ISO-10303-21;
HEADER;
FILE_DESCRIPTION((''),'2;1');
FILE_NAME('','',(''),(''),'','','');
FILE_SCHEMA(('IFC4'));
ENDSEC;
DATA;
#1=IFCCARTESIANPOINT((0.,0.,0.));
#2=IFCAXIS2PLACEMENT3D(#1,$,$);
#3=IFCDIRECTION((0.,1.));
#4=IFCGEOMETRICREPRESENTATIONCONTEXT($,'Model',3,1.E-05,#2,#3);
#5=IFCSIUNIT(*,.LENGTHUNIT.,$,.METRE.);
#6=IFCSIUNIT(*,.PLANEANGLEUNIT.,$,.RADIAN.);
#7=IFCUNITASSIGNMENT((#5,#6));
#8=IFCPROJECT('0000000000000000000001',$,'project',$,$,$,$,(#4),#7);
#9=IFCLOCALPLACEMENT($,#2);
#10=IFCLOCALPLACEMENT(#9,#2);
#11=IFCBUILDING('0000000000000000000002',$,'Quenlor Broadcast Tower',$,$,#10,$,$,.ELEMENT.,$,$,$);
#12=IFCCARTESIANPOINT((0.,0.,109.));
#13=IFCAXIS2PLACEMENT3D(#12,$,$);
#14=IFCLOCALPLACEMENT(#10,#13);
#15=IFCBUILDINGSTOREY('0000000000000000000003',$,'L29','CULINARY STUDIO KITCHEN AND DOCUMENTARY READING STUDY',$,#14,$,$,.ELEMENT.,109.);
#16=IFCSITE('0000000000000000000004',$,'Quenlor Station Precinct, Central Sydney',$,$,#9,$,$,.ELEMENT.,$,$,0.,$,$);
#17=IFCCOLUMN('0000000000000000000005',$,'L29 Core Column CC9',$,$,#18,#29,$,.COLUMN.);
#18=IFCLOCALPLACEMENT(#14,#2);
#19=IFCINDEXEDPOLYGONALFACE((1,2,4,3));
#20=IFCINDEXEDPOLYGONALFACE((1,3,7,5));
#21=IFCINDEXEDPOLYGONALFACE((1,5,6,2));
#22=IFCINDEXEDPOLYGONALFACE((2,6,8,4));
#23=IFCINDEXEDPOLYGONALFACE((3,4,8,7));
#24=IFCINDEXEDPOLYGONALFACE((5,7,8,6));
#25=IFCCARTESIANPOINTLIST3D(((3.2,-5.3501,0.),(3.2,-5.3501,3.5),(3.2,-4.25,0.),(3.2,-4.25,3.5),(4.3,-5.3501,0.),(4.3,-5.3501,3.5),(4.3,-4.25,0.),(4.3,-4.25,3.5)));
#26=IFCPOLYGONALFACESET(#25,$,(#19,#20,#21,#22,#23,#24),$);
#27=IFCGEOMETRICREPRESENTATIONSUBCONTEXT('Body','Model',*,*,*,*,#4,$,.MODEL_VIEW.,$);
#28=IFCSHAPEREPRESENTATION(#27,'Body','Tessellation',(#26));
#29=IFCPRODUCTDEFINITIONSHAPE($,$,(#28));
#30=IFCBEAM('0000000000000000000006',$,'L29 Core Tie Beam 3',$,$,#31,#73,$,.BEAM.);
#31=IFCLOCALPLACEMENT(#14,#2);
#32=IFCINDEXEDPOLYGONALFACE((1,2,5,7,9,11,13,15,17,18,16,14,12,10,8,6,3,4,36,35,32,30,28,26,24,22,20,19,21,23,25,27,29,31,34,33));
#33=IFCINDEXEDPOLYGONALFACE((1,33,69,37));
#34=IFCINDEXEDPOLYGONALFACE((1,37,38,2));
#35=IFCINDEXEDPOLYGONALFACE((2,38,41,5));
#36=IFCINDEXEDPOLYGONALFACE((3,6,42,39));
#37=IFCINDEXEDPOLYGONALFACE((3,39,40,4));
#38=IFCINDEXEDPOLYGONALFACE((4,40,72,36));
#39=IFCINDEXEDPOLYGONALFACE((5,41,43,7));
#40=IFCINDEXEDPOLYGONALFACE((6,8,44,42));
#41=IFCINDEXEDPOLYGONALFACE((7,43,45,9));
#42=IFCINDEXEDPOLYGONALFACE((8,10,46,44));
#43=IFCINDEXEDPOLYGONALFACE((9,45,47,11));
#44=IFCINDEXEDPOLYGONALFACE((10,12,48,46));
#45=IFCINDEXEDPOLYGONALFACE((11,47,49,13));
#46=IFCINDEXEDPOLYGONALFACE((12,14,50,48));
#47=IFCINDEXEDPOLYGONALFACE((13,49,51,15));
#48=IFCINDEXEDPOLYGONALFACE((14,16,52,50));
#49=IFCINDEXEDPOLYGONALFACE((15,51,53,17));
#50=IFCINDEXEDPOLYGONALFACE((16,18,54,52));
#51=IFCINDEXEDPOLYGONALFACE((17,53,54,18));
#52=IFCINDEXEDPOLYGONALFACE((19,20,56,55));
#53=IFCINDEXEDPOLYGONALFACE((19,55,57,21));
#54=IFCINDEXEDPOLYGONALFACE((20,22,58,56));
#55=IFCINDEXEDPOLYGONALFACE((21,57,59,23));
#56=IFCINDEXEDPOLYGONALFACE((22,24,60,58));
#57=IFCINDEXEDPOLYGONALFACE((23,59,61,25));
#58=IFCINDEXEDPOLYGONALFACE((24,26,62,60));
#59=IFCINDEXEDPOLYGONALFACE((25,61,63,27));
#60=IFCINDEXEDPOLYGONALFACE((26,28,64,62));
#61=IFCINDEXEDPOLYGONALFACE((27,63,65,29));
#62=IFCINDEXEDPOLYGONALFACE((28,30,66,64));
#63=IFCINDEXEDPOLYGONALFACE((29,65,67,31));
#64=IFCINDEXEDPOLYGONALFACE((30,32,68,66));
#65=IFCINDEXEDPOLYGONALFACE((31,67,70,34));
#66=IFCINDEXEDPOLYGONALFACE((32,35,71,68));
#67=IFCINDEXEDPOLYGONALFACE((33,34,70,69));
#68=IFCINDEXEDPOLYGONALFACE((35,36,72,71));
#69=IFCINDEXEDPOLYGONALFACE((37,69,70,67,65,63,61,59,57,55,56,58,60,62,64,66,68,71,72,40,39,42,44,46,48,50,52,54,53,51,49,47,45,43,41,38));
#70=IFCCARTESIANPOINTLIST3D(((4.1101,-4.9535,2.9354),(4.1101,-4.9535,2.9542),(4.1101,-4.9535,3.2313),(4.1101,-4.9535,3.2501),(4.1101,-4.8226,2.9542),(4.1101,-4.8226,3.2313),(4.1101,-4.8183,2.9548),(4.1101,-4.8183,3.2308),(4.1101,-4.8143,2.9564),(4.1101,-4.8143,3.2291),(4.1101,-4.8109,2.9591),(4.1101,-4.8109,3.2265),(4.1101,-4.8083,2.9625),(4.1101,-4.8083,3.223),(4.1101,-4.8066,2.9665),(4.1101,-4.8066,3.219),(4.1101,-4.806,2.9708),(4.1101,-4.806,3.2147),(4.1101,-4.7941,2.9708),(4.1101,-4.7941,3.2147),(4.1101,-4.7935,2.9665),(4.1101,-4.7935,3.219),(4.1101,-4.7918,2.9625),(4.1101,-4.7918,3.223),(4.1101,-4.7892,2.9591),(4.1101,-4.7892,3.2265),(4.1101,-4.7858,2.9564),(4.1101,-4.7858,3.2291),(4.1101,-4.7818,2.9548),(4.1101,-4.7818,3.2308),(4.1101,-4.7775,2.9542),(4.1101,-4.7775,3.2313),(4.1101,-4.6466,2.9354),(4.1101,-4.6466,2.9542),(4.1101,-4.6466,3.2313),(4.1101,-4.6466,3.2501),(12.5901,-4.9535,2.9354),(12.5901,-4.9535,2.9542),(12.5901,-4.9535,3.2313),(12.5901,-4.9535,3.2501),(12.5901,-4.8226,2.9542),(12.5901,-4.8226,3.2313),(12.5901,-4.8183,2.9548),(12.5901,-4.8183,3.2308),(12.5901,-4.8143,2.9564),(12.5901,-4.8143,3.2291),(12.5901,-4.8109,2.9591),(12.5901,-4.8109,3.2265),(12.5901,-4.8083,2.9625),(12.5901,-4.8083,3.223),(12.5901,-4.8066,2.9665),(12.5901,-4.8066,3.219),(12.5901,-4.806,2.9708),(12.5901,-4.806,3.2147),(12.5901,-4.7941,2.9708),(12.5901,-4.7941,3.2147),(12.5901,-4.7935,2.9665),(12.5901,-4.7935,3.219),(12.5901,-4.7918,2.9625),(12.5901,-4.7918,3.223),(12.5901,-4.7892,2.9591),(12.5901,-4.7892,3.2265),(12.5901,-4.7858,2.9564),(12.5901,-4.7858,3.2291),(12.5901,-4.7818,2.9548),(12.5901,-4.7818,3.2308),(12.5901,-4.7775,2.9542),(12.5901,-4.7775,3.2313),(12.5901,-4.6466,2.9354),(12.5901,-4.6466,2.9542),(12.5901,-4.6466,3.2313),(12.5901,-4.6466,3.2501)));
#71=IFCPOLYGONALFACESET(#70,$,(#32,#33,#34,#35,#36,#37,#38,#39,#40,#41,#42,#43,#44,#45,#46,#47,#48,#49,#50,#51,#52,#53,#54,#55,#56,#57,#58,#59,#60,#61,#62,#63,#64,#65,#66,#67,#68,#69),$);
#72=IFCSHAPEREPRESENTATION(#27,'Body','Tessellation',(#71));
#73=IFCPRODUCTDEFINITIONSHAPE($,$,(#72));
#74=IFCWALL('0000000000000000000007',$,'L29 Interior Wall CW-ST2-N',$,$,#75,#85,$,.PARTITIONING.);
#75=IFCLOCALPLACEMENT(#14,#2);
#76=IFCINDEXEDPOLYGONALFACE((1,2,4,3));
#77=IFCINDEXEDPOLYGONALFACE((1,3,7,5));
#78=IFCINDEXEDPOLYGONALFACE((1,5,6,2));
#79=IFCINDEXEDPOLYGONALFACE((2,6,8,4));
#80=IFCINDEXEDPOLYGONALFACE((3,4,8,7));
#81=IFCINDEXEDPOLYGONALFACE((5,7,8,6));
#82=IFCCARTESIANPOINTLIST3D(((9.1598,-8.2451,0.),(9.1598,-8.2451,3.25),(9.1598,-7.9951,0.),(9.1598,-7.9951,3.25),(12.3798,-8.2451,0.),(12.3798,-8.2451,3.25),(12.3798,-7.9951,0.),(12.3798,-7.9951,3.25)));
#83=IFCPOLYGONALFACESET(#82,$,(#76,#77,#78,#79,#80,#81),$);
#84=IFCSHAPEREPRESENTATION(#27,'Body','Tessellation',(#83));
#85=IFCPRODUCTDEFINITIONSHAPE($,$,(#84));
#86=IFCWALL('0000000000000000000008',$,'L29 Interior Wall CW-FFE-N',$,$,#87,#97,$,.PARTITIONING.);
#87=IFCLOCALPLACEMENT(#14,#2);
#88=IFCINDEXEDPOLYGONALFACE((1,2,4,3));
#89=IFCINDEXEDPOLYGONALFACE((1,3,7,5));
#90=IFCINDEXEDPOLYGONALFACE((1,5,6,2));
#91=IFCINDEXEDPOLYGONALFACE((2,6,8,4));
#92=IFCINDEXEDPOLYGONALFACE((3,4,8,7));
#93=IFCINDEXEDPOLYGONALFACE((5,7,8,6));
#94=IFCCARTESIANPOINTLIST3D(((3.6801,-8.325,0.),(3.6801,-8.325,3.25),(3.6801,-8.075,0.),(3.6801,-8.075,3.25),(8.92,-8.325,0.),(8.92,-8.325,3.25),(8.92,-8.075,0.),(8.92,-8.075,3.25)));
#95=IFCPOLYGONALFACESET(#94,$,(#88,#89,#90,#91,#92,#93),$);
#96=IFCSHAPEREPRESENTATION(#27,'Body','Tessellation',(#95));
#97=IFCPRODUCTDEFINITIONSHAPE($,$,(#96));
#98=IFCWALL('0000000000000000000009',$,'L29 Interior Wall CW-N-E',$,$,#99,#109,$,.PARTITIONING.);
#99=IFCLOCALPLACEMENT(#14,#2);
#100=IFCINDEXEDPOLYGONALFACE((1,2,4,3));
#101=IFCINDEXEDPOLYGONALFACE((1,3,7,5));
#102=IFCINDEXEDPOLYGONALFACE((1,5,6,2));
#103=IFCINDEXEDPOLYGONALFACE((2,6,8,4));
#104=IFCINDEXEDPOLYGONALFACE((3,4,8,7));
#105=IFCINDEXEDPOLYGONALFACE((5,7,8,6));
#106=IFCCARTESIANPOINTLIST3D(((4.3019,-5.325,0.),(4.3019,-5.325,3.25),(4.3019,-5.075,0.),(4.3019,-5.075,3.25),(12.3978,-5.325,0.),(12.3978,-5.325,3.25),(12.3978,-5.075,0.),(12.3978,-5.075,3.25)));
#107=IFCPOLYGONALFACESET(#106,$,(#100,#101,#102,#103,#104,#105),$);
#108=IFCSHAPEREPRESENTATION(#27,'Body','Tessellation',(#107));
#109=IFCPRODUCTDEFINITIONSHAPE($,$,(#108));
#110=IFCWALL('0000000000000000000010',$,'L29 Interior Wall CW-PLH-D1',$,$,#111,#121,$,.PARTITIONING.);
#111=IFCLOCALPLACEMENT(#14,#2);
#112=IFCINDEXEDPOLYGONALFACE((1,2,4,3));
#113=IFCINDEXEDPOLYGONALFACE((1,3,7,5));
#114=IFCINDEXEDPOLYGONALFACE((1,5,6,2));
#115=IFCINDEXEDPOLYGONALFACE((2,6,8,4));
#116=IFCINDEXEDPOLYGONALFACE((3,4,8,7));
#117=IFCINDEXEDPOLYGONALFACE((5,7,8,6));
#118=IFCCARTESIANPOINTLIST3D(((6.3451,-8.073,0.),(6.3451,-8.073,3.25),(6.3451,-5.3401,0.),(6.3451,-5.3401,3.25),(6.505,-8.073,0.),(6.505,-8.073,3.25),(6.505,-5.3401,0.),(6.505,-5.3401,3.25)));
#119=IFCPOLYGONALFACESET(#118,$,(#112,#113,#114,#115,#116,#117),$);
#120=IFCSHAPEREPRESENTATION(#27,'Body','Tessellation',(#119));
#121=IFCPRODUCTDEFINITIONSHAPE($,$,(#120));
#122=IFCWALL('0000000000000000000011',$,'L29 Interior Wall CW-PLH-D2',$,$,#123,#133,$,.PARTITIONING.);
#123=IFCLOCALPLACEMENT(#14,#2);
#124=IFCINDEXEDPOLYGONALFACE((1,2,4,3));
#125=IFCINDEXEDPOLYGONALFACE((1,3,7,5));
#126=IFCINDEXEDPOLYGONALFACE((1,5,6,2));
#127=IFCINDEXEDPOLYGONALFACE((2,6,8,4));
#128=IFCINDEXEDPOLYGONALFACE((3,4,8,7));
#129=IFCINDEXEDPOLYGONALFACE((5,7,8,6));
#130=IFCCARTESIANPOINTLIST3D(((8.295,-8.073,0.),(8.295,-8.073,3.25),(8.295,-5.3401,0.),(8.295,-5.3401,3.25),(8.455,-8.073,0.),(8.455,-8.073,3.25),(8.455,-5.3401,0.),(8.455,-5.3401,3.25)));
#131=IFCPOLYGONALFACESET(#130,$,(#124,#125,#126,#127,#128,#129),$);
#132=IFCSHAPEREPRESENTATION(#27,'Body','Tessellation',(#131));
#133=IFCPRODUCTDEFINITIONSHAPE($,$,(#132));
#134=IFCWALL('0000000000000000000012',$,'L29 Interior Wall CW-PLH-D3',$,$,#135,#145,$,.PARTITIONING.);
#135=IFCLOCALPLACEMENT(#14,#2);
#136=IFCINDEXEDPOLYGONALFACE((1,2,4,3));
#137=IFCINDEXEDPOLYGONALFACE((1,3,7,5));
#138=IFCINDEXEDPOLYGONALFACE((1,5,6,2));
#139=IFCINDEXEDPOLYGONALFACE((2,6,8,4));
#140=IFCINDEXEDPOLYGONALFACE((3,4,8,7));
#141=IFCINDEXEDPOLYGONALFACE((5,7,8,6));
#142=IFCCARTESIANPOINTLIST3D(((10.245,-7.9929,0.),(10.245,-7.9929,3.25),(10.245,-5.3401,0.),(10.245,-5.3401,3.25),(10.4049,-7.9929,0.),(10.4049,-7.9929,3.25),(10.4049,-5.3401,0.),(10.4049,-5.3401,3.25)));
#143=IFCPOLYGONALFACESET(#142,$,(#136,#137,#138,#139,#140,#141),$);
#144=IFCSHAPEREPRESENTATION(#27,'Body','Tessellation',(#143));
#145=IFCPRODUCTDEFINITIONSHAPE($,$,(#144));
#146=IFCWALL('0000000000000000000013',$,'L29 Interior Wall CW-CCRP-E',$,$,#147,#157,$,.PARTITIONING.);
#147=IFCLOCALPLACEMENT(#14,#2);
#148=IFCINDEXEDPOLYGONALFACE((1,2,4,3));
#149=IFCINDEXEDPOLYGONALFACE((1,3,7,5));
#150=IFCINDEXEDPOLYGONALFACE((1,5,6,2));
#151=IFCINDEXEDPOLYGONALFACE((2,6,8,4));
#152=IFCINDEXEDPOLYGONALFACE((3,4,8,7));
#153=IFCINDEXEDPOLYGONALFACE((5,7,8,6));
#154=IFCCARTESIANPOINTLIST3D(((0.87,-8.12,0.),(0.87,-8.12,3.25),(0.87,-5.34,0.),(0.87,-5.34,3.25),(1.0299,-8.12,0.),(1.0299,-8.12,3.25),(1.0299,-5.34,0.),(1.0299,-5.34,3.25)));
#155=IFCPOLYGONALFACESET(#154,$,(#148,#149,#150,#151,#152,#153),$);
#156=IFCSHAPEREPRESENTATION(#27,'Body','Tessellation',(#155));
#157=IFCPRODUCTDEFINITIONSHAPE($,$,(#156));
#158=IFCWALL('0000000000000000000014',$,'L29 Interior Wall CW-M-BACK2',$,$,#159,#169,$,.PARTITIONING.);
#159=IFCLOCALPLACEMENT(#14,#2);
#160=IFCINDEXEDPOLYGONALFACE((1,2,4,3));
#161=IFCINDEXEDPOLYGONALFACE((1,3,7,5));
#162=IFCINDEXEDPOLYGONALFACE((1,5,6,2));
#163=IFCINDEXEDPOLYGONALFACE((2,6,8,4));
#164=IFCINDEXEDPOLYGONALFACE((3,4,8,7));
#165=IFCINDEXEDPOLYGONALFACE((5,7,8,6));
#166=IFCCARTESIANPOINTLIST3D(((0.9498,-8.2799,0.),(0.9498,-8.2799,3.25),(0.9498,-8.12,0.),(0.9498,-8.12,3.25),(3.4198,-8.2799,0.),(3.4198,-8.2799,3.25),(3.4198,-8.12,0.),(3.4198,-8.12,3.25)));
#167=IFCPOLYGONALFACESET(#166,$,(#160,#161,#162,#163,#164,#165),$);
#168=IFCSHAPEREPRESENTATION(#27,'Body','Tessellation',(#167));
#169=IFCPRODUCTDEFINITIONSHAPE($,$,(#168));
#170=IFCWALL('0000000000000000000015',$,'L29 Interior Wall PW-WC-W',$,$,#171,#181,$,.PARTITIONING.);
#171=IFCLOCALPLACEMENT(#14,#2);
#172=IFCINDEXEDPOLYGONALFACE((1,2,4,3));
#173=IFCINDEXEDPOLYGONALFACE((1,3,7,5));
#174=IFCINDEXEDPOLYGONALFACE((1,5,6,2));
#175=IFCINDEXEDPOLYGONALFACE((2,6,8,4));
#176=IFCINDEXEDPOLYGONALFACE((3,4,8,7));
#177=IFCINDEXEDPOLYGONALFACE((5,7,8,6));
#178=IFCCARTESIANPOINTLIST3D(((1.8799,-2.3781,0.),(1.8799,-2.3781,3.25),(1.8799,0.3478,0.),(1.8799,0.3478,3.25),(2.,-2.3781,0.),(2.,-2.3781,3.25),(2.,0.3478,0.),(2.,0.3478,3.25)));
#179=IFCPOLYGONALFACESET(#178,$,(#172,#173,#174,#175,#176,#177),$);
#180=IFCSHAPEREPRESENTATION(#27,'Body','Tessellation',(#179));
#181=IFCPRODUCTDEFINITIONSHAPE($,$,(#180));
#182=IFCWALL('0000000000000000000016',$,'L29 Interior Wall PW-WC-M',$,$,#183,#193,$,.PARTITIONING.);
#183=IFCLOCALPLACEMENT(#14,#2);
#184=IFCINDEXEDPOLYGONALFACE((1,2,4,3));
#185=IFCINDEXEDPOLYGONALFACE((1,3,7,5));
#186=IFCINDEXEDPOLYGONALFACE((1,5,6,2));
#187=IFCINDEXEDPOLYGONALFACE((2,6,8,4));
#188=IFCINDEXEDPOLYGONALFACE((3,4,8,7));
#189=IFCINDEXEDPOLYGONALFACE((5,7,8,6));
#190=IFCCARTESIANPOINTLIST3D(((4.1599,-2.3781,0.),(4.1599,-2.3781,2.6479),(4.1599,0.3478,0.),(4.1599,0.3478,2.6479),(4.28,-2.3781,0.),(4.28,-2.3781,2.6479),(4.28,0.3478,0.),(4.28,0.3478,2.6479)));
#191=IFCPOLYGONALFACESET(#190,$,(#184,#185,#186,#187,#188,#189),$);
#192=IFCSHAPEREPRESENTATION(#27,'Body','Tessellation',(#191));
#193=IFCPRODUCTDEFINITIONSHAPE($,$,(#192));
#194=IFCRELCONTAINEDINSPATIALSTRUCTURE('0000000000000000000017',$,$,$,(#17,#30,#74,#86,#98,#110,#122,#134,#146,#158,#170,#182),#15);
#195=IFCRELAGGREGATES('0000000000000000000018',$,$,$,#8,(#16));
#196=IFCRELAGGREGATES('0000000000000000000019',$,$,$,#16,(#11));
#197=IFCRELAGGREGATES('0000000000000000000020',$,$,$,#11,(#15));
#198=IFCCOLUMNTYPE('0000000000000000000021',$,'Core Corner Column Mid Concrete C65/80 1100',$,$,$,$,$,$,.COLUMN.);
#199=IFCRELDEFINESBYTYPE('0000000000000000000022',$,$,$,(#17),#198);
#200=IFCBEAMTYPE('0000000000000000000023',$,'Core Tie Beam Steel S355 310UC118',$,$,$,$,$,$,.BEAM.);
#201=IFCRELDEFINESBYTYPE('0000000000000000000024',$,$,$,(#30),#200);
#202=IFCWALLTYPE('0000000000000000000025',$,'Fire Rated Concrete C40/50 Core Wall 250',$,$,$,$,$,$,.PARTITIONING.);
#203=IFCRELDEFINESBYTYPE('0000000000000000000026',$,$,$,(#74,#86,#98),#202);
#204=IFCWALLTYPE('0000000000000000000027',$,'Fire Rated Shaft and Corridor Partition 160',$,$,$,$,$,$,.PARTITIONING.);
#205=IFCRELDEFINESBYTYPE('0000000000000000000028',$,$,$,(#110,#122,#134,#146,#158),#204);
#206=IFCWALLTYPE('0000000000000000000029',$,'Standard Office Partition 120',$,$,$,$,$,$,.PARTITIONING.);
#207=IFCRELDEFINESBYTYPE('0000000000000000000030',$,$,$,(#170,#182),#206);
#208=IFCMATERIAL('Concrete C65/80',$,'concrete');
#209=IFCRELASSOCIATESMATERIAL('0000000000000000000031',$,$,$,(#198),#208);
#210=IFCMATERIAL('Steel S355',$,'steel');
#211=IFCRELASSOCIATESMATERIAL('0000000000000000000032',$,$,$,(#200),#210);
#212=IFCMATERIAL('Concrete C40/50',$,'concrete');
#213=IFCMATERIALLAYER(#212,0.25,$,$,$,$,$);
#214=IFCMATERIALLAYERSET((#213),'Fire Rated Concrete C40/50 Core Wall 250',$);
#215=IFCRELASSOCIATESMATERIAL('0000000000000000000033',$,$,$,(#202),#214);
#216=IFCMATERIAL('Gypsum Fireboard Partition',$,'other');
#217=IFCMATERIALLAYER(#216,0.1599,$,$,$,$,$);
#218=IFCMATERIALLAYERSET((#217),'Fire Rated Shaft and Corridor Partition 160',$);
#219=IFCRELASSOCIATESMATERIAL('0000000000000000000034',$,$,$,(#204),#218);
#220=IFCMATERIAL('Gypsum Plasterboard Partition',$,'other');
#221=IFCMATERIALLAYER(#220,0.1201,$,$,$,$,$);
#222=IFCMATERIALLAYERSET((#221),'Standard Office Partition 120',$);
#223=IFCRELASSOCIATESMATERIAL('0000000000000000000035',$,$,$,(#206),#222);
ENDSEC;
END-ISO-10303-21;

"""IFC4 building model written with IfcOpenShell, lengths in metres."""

from ifc_helpers import new_model, si_unit, direction, frame, frame_2d, origin, origin_2d, place, context, subcontext, project, spatial, rectangle, i_section, extrude, material, layer, layer_set, material_profile, profile_set, type_object, element, save


model = new_model("IFC4")

# Units and contexts
model_context = context("Model", 3, precision=1e-05, world=origin(), true_north=direction((0.0, 1.0)))
body_context = subcontext(model_context, "Body", "Model", "MODEL_VIEW")
ifc_project = project(units=[si_unit("LENGTHUNIT", "METRE"), si_unit("PLANEANGLEUNIT", "RADIAN")], contexts=[model_context])

# Site, building, storey
site_placement = place(None, origin())
site = spatial("IfcSite", under=ifc_project, at=site_placement, Name="Quenlor Station Precinct, Central Sydney", CompositionType="ELEMENT", RefElevation=0.0)
building_placement = place(site_placement, origin())
building = spatial("IfcBuilding", under=site, at=building_placement, Name="Quenlor Broadcast Tower", CompositionType="ELEMENT")
storey_placement = place(building_placement, frame((0.0, 0.0, 109.0)))
storey = spatial("IfcBuildingStorey", under=building, at=storey_placement, Name="L29", Description="CULINARY STUDIO KITCHEN AND DOCUMENTARY READING STUDY", CompositionType="ELEMENT", Elevation=109.0)

# Column
ifc_material_1 = material(Name="Concrete C65/80", Category="concrete")
ifc_material_profile_1 = material_profile(ifc_material_1, rectangle(XDim=1.1001, YDim=1.1001, at=origin_2d()))
ifc_profile_set_1 = profile_set([ifc_material_profile_1], Name="Concrete C65/80 RC1100x1100")
column_type = type_object("IfcColumnType", Name="Core Corner Column Mid Concrete C65/80 1100", PredefinedType="COLUMN", material=ifc_profile_set_1)
column_placement = place(storey_placement, frame((3.75, -4.8, 0.0), z_axis=(0.0, 0.0, 1.0), x_axis=(1.0, 0.0, 0.0)))
element("IfcColumn", 1, at=column_placement, inside=storey, type_object=column_type, Name="L29 Core Column CC9", PredefinedType="COLUMN", context=body_context, shape_type="SweptSolid", body=[
    extrude(rectangle(XDim=1.1001, YDim=1.1001, at=origin_2d()), origin(), (0.0, 0.0, 1.0), 3.5),
])

# Beam
ifc_material_2 = material(Name="Steel S355", Category="steel")
ifc_material_profile_2 = material_profile(ifc_material_2, i_section(OverallWidth=0.3069, OverallDepth=0.3147, WebThickness=0.012, FlangeThickness=0.0188, FilletRadius=0.0166, at=origin_2d()))
ifc_profile_set_2 = profile_set([ifc_material_profile_2], Name="Steel S355 310UC118")
beam_type = type_object("IfcBeamType", Name="Core Tie Beam Steel S355 310UC118", PredefinedType="BEAM", material=ifc_profile_set_2)
beam_placement = place(storey_placement, frame((4.1101, -4.8, 3.0928), z_axis=(1.0, 0.0, 0.0), x_axis=(0.0, 1.0, 0.0)))
element("IfcBeam", 2, at=beam_placement, inside=storey, type_object=beam_type, Name="L29 Core Tie Beam 3", PredefinedType="BEAM", context=body_context, shape_type="SweptSolid", body=[
    extrude(i_section(OverallWidth=0.3069, OverallDepth=0.3147, WebThickness=0.012, FlangeThickness=0.0188, FilletRadius=0.0166, at=origin_2d()), origin(), (0.0, 0.0, 1.0), 8.48),
])

# Shared definitions
ifc_material_3 = material(Name="Concrete C40/50", Category="concrete")
ifc_layer_1 = layer(ifc_material_3, 0.25)
ifc_layer_set_1 = layer_set([ifc_layer_1], Name="Fire Rated Concrete C40/50 Core Wall 250")
wall_type_1 = type_object("IfcWallType", Name="Fire Rated Concrete C40/50 Core Wall 250", PredefinedType="PARTITIONING", material=ifc_layer_set_1)

# Walls
wall_1_placement = place(storey_placement, frame((9.1599, -8.1201, 0.0), z_axis=(0.0, 0.0, 1.0), x_axis=(1.0, 0.0, 0.0)))
element("IfcWall", 3, at=wall_1_placement, inside=storey, type_object=wall_type_1, Name="L29 Interior Wall CW-ST2-N", PredefinedType="PARTITIONING", context=body_context, shape_type="SweptSolid", body=[
    extrude(rectangle(XDim=3.22, YDim=0.25, at=frame_2d((1.6099, 0.0))), origin(), (0.0, 0.0, 1.0), 3.25),
])
wall_2_placement = place(storey_placement, frame((3.6799, -8.2, 0.0), z_axis=(0.0, 0.0, 1.0), x_axis=(1.0, 0.0, 0.0)))
element("IfcWall", 4, at=wall_2_placement, inside=storey, type_object=wall_type_1, Name="L29 Interior Wall CW-FFE-N", PredefinedType="PARTITIONING", context=body_context, shape_type="SweptSolid", body=[
    extrude(rectangle(XDim=5.24, YDim=0.25, at=frame_2d((2.6201, 0.0))), origin(), (0.0, 0.0, 1.0), 3.25),
])
wall_3_placement = place(storey_placement, frame((4.302, -5.2, 0.0), z_axis=(0.0, 0.0, 1.0), x_axis=(1.0, 0.0, 0.0)))
element("IfcWall", 5, at=wall_3_placement, inside=storey, type_object=wall_type_1, Name="L29 Interior Wall CW-N-E", PredefinedType="PARTITIONING", context=body_context, shape_type="SweptSolid", body=[
    extrude(rectangle(XDim=8.0959, YDim=0.25, at=frame_2d((4.0479, 0.0))), origin(), (0.0, 0.0, 1.0), 3.25),
])

# Walls
ifc_material_4 = material(Name="Gypsum Fireboard Partition", Category="other")
ifc_layer_2 = layer(ifc_material_4, 0.1599)
ifc_layer_set_2 = layer_set([ifc_layer_2], Name="Fire Rated Shaft and Corridor Partition 160")
wall_type_2 = type_object("IfcWallType", Name="Fire Rated Shaft and Corridor Partition 160", PredefinedType="PARTITIONING", material=ifc_layer_set_2)
for number, where, z_axis, x_axis, name in (
    (6, (6.425, -8.073, 0.0), (0.0, 0.0, 1.0), (0.0, 1.0, 0.0), "L29 Interior Wall CW-PLH-D1"),
    (7, (8.375, -8.073, 0.0), (0.0, 0.0, 1.0), (0.0, 1.0, 0.0), "L29 Interior Wall CW-PLH-D2"),
):
    element("IfcWall", number, at=place(storey_placement, frame(where, z_axis=z_axis, x_axis=x_axis)), inside=storey, type_object=wall_type_2, Name=name, PredefinedType="PARTITIONING", context=body_context, shape_type="SweptSolid", body=[
        extrude(rectangle(XDim=2.7329, YDim=0.1599, at=frame_2d((1.3665, 0.0))), origin(), (0.0, 0.0, 1.0), 3.25),
    ])
wall_4_placement = place(storey_placement, frame((10.325, -7.9929, 0.0), z_axis=(0.0, 0.0, 1.0), x_axis=(0.0, 1.0, 0.0)))
element("IfcWall", 8, at=wall_4_placement, inside=storey, type_object=wall_type_2, Name="L29 Interior Wall CW-PLH-D3", PredefinedType="PARTITIONING", context=body_context, shape_type="SweptSolid", body=[
    extrude(rectangle(XDim=2.6528, YDim=0.1599, at=frame_2d((1.3264, 0.0))), origin(), (0.0, 0.0, 1.0), 3.25),
])
wall_5_placement = place(storey_placement, frame((0.95, -8.1201, 0.0), z_axis=(0.0, 0.0, 1.0), x_axis=(0.0, 1.0, 0.0)))
element("IfcWall", 9, at=wall_5_placement, inside=storey, type_object=wall_type_2, Name="L29 Interior Wall CW-CCRP-E", PredefinedType="PARTITIONING", context=body_context, shape_type="SweptSolid", body=[
    extrude(rectangle(XDim=2.78, YDim=0.1599, at=frame_2d((1.3901, 0.0))), origin(), (0.0, 0.0, 1.0), 3.25),
])
wall_6_placement = place(storey_placement, frame((0.95, -8.2, 0.0), z_axis=(0.0, 0.0, 1.0), x_axis=(1.0, 0.0, 0.0)))
element("IfcWall", 10, at=wall_6_placement, inside=storey, type_object=wall_type_2, Name="L29 Interior Wall CW-M-BACK2", PredefinedType="PARTITIONING", context=body_context, shape_type="SweptSolid", body=[
    extrude(rectangle(XDim=2.47, YDim=0.1599, at=frame_2d((1.2349, 0.0))), origin(), (0.0, 0.0, 1.0), 3.25),
])

# Shared definitions
ifc_material_5 = material(Name="Gypsum Plasterboard Partition", Category="other")
ifc_layer_3 = layer(ifc_material_5, 0.1201)
ifc_layer_set_3 = layer_set([ifc_layer_3], Name="Standard Office Partition 120")
wall_type_3 = type_object("IfcWallType", Name="Standard Office Partition 120", PredefinedType="PARTITIONING", material=ifc_layer_set_3)

# Walls
wall_7_placement = place(storey_placement, frame((1.9399, -2.3779, 0.0), z_axis=(0.0, 0.0, 1.0), x_axis=(0.0, 1.0, 0.0)))
element("IfcWall", 11, at=wall_7_placement, inside=storey, type_object=wall_type_3, Name="L29 Interior Wall PW-WC-W", PredefinedType="PARTITIONING", context=body_context, shape_type="SweptSolid", body=[
    extrude(rectangle(XDim=2.7258, YDim=0.1201, at=frame_2d((1.3628, 0.0))), origin(), (0.0, 0.0, 1.0), 3.25),
])
wall_8_placement = place(storey_placement, frame((4.22, -2.3779, 0.0), z_axis=(0.0, 0.0, 1.0), x_axis=(0.0, 1.0, 0.0)))
element("IfcWall", 12, at=wall_8_placement, inside=storey, type_object=wall_type_3, Name="L29 Interior Wall PW-WC-M", PredefinedType="PARTITIONING", context=body_context, shape_type="SweptSolid", body=[
    extrude(rectangle(XDim=2.7258, YDim=0.1201, at=frame_2d((1.3628, 0.0))), origin(), (0.0, 0.0, 1.0), 2.6479),
])

save(model, "model.ifc")
